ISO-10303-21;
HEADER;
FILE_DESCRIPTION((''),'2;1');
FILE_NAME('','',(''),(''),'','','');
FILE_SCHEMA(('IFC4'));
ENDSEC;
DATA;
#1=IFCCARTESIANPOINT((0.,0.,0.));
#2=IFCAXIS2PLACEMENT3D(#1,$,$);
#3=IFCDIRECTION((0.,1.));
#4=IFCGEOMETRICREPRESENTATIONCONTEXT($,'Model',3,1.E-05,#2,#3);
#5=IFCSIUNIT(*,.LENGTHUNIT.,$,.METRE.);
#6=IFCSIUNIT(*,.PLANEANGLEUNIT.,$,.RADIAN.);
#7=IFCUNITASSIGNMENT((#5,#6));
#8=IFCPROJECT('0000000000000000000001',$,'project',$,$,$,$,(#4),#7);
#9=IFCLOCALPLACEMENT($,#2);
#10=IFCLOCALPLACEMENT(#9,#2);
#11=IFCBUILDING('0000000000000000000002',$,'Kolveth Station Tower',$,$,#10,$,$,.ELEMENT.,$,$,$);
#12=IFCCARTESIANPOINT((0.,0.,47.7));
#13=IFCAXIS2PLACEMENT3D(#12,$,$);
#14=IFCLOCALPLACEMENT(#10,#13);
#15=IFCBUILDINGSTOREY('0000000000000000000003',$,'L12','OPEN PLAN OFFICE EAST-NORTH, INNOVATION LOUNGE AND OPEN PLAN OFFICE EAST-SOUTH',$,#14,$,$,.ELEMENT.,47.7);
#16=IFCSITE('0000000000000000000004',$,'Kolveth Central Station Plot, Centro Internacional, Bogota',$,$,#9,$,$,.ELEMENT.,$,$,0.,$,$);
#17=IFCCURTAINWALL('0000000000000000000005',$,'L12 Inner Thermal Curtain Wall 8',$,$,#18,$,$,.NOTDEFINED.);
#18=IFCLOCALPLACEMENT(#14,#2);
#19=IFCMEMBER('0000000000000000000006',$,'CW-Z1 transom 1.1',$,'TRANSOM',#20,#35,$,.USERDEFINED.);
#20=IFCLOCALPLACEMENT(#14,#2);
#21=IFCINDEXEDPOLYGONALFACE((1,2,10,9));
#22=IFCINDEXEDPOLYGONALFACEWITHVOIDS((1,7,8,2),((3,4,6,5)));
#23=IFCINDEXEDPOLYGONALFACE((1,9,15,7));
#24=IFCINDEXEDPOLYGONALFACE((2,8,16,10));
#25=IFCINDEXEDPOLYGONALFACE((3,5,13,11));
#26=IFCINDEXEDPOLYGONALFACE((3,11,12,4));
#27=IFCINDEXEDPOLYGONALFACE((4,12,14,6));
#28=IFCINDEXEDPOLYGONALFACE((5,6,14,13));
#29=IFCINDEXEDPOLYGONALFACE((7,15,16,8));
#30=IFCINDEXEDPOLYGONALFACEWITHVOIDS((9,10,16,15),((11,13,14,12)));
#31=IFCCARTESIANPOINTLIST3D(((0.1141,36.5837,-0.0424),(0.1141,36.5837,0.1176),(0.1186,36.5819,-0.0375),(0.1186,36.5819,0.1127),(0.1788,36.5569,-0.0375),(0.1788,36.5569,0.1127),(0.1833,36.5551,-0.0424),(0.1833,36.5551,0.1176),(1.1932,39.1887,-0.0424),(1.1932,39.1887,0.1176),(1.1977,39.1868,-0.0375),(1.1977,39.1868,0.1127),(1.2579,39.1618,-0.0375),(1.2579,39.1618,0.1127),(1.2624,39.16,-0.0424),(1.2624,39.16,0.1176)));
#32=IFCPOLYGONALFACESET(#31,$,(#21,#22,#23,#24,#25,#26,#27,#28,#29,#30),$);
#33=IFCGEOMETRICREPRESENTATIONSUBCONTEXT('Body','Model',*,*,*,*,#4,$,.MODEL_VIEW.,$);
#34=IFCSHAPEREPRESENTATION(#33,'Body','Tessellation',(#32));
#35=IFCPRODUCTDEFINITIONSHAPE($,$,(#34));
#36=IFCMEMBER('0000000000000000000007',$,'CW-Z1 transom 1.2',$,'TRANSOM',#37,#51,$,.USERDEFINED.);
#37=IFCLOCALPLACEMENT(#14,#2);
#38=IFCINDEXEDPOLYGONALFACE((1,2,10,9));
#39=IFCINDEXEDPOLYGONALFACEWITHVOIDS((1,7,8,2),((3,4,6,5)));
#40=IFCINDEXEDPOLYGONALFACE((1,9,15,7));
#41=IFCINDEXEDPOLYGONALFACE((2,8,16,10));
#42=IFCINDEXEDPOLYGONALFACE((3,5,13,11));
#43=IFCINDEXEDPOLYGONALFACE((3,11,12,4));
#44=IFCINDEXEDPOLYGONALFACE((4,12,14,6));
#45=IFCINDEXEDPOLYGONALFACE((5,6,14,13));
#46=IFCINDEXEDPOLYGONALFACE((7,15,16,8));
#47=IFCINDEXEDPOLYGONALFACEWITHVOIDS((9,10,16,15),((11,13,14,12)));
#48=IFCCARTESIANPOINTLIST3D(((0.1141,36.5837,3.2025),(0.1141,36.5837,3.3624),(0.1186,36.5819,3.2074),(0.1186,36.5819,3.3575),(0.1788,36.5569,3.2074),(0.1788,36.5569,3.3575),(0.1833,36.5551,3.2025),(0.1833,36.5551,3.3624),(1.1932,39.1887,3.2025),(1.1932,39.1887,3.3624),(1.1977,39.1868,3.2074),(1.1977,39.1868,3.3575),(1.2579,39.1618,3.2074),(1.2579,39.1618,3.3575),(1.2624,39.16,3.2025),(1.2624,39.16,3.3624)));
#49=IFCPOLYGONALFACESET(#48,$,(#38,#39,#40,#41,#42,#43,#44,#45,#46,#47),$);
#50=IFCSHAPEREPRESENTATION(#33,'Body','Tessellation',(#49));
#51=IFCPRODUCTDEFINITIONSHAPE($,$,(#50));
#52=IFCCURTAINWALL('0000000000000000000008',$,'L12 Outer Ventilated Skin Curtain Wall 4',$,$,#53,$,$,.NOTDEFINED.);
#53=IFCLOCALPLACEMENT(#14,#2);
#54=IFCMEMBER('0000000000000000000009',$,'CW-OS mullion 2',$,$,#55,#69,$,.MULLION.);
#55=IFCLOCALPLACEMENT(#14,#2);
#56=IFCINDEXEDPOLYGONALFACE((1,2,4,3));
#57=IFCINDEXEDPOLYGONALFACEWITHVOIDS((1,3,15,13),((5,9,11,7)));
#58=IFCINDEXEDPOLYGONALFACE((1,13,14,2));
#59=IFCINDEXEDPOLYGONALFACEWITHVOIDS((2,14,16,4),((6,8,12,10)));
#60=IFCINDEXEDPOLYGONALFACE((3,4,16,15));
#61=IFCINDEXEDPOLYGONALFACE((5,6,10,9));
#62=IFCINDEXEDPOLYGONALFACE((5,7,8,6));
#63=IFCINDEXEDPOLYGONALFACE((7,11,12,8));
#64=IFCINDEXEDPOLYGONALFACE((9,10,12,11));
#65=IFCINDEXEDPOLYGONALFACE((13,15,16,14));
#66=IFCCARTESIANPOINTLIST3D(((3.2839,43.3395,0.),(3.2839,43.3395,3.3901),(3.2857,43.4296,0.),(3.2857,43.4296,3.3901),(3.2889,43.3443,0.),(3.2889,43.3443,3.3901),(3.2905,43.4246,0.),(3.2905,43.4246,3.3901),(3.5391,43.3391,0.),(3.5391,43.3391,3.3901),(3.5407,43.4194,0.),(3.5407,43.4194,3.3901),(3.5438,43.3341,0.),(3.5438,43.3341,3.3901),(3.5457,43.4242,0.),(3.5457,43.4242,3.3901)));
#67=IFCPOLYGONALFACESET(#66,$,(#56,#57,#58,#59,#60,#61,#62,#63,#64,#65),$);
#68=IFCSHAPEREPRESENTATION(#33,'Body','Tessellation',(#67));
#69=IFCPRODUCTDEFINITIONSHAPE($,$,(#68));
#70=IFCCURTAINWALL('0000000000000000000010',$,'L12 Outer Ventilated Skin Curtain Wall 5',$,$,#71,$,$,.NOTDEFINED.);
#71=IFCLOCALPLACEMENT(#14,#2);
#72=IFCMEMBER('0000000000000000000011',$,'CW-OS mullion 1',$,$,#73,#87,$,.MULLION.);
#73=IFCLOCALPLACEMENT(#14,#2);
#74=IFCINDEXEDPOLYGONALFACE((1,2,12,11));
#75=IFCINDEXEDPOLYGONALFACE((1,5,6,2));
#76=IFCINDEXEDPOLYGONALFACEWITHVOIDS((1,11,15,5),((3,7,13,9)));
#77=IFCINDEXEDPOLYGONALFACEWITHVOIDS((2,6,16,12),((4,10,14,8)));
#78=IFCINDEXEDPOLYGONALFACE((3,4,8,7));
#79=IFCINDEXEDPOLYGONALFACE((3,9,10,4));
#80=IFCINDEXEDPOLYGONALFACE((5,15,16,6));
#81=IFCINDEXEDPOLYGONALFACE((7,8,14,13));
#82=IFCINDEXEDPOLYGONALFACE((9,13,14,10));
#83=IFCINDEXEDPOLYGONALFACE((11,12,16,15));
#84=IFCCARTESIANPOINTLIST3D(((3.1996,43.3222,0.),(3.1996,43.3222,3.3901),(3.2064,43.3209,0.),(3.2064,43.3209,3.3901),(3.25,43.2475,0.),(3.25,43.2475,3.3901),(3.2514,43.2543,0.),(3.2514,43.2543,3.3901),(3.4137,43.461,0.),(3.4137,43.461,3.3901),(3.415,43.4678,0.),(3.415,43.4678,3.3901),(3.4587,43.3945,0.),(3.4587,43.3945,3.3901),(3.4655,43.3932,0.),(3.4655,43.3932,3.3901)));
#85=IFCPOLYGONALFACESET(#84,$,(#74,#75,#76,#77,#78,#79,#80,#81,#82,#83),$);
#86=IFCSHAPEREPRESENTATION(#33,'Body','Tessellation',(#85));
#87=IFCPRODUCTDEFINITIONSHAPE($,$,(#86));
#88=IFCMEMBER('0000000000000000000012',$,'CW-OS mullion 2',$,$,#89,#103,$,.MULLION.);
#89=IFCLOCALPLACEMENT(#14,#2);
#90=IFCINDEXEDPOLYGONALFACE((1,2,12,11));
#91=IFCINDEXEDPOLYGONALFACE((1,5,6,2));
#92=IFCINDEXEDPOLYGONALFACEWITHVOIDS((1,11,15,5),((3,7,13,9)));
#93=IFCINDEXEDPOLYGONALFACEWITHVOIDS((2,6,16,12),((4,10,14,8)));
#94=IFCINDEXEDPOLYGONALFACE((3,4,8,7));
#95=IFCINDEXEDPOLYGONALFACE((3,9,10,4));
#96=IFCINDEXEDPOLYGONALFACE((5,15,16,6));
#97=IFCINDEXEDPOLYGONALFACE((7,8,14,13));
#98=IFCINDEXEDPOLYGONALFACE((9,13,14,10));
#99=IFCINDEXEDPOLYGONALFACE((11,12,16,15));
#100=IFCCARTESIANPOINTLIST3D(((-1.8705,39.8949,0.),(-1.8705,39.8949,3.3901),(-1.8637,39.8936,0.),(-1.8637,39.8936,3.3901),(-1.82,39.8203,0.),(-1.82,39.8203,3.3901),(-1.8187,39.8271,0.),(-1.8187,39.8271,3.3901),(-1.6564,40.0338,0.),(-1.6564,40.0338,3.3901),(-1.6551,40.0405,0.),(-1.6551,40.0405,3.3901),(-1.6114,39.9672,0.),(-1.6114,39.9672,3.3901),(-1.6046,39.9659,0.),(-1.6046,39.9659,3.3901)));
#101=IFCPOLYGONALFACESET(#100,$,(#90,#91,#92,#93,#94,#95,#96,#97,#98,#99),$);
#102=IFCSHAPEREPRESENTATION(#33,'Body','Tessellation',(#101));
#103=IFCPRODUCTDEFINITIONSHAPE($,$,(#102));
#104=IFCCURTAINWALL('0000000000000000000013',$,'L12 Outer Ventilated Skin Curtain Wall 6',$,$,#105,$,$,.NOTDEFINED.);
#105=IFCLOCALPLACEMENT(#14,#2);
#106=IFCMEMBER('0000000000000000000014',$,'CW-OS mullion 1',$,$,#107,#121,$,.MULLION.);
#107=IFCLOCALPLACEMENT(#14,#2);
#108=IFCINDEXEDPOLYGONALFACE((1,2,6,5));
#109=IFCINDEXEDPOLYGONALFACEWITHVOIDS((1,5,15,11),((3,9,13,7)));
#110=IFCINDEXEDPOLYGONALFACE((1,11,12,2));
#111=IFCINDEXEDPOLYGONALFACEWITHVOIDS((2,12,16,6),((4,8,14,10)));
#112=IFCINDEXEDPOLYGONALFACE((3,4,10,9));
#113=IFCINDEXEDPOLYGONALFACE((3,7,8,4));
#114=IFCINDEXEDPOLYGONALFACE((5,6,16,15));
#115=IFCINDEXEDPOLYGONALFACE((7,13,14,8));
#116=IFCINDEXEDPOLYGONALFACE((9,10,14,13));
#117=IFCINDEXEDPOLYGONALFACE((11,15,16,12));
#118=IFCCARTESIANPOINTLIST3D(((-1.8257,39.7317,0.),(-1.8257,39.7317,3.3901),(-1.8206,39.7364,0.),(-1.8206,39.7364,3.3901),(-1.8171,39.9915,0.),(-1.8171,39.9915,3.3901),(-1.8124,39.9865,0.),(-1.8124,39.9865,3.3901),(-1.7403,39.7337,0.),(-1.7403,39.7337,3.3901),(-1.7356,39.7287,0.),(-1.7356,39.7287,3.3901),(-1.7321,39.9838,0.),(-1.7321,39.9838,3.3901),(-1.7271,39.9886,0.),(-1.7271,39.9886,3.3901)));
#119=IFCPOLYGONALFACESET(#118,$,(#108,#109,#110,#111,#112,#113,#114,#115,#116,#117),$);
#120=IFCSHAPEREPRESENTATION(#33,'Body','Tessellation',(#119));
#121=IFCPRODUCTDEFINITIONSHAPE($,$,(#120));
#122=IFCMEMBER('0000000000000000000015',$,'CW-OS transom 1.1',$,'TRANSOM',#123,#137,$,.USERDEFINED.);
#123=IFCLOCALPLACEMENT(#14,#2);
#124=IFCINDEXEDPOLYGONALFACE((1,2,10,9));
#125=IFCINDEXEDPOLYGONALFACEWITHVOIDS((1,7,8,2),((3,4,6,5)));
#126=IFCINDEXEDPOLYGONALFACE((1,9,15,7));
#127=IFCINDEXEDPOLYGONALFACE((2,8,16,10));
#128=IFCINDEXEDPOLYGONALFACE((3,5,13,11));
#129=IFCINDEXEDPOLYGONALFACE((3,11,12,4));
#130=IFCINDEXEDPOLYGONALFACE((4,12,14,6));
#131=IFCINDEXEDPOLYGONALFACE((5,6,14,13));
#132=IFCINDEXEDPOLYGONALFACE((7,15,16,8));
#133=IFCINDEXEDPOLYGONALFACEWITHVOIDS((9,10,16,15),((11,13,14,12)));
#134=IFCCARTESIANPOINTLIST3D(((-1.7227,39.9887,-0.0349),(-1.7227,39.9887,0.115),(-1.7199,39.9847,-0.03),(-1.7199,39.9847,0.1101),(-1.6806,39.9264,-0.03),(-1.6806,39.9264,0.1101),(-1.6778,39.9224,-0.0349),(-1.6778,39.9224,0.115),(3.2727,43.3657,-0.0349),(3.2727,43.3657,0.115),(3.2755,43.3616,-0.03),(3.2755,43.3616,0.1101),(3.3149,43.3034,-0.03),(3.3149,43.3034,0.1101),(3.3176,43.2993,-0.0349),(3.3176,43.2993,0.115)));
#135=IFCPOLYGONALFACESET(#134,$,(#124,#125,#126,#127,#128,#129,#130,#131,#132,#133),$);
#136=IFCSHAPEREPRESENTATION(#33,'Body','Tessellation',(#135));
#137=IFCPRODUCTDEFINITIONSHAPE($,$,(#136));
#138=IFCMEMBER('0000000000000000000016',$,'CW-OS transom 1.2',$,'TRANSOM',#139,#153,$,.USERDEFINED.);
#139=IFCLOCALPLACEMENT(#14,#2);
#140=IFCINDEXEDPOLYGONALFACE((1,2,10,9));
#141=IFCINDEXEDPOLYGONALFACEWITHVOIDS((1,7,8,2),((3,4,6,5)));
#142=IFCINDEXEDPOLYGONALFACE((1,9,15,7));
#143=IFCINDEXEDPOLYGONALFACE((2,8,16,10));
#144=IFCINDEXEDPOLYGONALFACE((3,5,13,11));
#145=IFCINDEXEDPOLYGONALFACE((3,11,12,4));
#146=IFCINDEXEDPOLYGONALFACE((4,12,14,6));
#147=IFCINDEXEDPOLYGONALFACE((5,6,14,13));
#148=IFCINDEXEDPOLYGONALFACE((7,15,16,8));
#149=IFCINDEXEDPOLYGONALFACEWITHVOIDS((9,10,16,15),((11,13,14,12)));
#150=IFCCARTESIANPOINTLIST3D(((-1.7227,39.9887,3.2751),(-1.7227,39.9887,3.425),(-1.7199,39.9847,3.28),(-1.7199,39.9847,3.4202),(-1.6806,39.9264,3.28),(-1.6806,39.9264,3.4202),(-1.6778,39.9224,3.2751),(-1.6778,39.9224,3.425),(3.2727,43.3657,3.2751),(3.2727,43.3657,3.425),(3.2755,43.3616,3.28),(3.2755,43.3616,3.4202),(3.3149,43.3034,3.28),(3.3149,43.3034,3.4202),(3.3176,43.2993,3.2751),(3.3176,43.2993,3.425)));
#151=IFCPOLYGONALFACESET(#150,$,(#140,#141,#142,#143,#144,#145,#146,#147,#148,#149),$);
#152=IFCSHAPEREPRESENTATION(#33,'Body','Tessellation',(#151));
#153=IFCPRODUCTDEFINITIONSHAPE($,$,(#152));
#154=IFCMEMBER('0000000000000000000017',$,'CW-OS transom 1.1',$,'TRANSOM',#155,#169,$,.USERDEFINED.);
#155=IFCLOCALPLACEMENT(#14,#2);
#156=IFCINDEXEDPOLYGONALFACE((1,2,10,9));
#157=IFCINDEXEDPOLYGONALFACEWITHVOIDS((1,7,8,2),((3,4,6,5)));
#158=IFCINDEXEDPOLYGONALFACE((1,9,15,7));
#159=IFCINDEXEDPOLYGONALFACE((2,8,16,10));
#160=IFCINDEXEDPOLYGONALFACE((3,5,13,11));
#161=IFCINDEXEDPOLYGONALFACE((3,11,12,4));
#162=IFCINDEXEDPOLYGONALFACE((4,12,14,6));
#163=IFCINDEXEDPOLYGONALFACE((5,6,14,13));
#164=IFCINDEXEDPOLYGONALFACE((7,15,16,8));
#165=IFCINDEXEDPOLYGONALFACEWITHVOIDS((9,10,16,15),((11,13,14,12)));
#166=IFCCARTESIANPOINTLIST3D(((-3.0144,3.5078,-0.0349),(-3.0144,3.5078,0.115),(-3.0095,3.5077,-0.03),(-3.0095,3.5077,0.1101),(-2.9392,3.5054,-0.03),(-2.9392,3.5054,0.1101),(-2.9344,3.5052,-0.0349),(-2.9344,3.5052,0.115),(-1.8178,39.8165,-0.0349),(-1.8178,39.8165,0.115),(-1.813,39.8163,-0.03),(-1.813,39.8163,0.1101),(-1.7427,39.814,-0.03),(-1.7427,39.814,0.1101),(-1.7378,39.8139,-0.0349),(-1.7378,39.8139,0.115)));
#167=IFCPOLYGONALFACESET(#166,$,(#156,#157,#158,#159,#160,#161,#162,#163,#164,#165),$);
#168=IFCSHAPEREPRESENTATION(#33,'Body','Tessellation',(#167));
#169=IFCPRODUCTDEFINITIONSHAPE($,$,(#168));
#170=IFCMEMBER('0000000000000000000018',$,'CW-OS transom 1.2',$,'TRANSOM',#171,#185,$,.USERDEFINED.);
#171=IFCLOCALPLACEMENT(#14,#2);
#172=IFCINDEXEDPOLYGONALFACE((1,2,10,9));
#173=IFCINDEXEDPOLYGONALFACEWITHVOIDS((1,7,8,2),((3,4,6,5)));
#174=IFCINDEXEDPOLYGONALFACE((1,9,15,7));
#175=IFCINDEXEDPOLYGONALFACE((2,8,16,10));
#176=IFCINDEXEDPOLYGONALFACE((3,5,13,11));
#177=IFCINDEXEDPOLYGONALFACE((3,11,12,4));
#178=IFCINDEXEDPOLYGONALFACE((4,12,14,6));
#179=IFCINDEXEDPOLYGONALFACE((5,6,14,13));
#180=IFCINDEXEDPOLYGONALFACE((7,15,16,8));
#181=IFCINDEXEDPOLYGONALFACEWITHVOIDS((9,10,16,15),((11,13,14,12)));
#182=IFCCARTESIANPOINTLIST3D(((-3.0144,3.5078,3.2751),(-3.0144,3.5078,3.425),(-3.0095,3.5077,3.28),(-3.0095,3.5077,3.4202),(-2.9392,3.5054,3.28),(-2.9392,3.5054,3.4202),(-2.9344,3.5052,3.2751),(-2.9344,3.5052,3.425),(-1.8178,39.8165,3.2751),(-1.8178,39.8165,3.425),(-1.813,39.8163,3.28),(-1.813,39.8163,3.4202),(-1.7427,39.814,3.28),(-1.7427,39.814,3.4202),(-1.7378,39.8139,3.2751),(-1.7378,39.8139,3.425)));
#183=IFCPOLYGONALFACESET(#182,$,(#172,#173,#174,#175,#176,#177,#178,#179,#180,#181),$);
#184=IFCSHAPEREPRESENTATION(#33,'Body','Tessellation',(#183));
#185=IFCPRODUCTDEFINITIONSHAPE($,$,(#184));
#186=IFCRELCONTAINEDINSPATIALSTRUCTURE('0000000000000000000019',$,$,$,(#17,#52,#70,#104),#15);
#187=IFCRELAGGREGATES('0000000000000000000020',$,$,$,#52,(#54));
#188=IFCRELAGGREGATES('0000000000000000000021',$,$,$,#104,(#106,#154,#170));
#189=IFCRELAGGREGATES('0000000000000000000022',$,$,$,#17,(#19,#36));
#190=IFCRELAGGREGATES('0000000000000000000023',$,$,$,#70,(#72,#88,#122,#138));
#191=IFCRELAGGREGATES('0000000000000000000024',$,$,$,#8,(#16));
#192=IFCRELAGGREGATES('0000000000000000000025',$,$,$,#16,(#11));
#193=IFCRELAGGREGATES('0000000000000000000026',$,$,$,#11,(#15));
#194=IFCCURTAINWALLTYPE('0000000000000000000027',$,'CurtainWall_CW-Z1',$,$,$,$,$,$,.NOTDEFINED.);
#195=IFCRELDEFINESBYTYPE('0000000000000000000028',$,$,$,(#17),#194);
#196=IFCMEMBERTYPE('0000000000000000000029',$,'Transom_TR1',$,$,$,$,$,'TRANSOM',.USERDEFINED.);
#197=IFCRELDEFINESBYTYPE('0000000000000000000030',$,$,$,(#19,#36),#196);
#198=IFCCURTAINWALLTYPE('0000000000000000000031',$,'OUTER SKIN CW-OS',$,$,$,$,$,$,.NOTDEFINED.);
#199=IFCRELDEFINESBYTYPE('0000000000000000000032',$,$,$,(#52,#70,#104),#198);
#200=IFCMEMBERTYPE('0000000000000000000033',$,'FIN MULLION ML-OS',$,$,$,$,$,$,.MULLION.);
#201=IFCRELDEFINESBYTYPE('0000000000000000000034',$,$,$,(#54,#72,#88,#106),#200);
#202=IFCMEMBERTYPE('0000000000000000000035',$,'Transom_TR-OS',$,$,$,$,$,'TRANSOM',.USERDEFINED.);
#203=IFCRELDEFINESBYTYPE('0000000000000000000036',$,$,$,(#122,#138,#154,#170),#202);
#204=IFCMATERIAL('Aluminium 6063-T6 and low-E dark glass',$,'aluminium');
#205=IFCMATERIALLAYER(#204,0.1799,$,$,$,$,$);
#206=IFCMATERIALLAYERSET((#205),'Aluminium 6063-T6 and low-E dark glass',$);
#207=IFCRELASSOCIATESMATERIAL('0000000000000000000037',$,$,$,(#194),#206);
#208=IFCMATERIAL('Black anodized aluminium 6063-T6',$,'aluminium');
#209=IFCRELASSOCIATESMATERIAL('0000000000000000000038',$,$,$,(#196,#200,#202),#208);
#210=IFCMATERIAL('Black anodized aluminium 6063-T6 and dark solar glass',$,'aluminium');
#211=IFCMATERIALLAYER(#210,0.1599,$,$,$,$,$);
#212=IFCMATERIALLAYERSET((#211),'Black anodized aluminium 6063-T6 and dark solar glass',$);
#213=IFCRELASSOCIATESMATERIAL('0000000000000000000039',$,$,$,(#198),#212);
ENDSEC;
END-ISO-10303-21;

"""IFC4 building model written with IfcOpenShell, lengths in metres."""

from ifc_helpers import new_model, si_unit, direction, frame, origin, origin_2d, place, context, subcontext, project, spatial, hollow_rectangle, extrude, source, transform, mapped, material, layer, layer_set, material_profile, profile_set, type_object, element, aggregate, save


model = new_model("IFC4")

# Units and contexts
model_context = context("Model", 3, precision=1e-05, world=origin(), true_north=direction((0.0, 1.0)))
body_context = subcontext(model_context, "Body", "Model", "MODEL_VIEW")
ifc_project = project(units=[si_unit("LENGTHUNIT", "METRE"), si_unit("PLANEANGLEUNIT", "RADIAN")], contexts=[model_context])

# Site, building, storey
site_placement = place(None, origin())
site = spatial("IfcSite", under=ifc_project, at=site_placement, Name="Kolveth Central Station Plot, Centro Internacional, Bogota", CompositionType="ELEMENT", RefElevation=0.0)
building_placement = place(site_placement, origin())
building = spatial("IfcBuilding", under=site, at=building_placement, Name="Kolveth Station Tower", CompositionType="ELEMENT")
storey_placement = place(building_placement, frame((0.0, 0.0, 47.7)))
storey = spatial("IfcBuildingStorey", under=building, at=storey_placement, Name="L12", Description="OPEN PLAN OFFICE EAST-NORTH, INNOVATION LOUNGE AND OPEN PLAN OFFICE EAST-SOUTH", CompositionType="ELEMENT", Elevation=47.7)

# Shared definitions
ifc_material_1 = material(Name="Aluminium 6063-T6 and low-E dark glass", Category="aluminium")
ifc_layer_1 = layer(ifc_material_1, 0.1799)
ifc_layer_set_1 = layer_set([ifc_layer_1], Name="Aluminium 6063-T6 and low-E dark glass")
curtain_wall_type_1 = type_object("IfcCurtainWallType", Name="CurtainWall_CW-Z1", PredefinedType="NOTDEFINED", material=ifc_layer_set_1)
ifc_material_2 = material(Name="Black anodized aluminium 6063-T6", Category="aluminium")

# Curtain wall
curtain_wall_1_placement = place(storey_placement, origin())
curtain_wall_1 = element("IfcCurtainWall", 1, at=curtain_wall_1_placement, inside=storey, type_object=curtain_wall_type_1, Name="L12 Inner Thermal Curtain Wall 8", PredefinedType="NOTDEFINED")

# Members
ifc_material_profile_1 = material_profile(ifc_material_2, hollow_rectangle(XDim=0.075, YDim=0.1599, WallThickness=0.0049, at=origin_2d()), Name="ALU-75x160x5")
ifc_profile_set_1 = profile_set([ifc_material_profile_1], Name="Black anodized aluminium 6063-T6")
member_type_1 = type_object("IfcMemberType", Name="Transom_TR1", ElementType="TRANSOM", PredefinedType="USERDEFINED", material=ifc_profile_set_1)
shared_shape_1 = source(origin(), body_context, "Body", "SweptSolid", [
    extrude(hollow_rectangle(XDim=0.075, YDim=0.1599, WallThickness=0.0049, at=origin_2d()), origin(), (0.0, 0.0, 1.0), 2.8196),
])
member_1_placement = place(storey_placement, frame((1.2278, 39.1743, 0.0376), z_axis=(-0.382709, -0.923869, 0.0), x_axis=(0.923869, -0.382709, 0.0)))
member_1 = element("IfcMember", 2, at=member_1_placement, type_object=member_type_1, Name="CW-Z1 transom 1.1", ObjectType="TRANSOM", PredefinedType="USERDEFINED", context=body_context, shape_type="MappedRepresentation", body=[
    mapped(shared_shape_1, transform((0.0, 0.0, 0.0), x_axis=(1.0, 0.0, 0.0), y_axis=(0.0, 1.0, 0.0), z_axis=(0.0, 0.0, 1.0), scale=1.0)),
])
member_2_placement = place(storey_placement, frame((1.2278, 39.1743, 3.2825), z_axis=(-0.382709, -0.923869, 0.0), x_axis=(0.923869, -0.382709, 0.0)))
member_2 = element("IfcMember", 3, at=member_2_placement, type_object=member_type_1, Name="CW-Z1 transom 1.2", ObjectType="TRANSOM", PredefinedType="USERDEFINED", context=body_context, shape_type="MappedRepresentation", body=[
    mapped(shared_shape_1, transform((0.0, 0.0, 0.0), x_axis=(1.0, 0.0, 0.0), y_axis=(0.0, 1.0, 0.0), z_axis=(0.0, 0.0, 1.0), scale=1.0)),
])

# Curtain wall, member
ifc_material_3 = material(Name="Black anodized aluminium 6063-T6 and dark solar glass", Category="aluminium")
ifc_layer_2 = layer(ifc_material_3, 0.1599)
ifc_layer_set_2 = layer_set([ifc_layer_2], Name="Black anodized aluminium 6063-T6 and dark solar glass")
curtain_wall_type_2 = type_object("IfcCurtainWallType", Name="OUTER SKIN CW-OS", PredefinedType="NOTDEFINED", material=ifc_layer_set_2)
curtain_wall_2_placement = place(storey_placement, origin())
curtain_wall_2 = element("IfcCurtainWall", 4, at=curtain_wall_2_placement, inside=storey, type_object=curtain_wall_type_2, Name="L12 Outer Ventilated Skin Curtain Wall 4", PredefinedType="NOTDEFINED")
ifc_material_profile_2 = material_profile(ifc_material_2, hollow_rectangle(XDim=0.0901, YDim=0.26, WallThickness=0.0049, at=origin_2d()), Name="ALU-90x260x5")
ifc_profile_set_2 = profile_set([ifc_material_profile_2], Name="Black anodized aluminium 6063-T6")
member_type_2 = type_object("IfcMemberType", Name="FIN MULLION ML-OS", PredefinedType="MULLION", material=ifc_profile_set_2)
shared_shape_2 = source(origin(), body_context, "Body", "SweptSolid", [
    extrude(hollow_rectangle(XDim=0.0901, YDim=0.26, WallThickness=0.0049, at=origin_2d()), origin(), (0.0, 0.0, 1.0), 3.3901),
])
member_3_placement = place(storey_placement, frame((3.4148, 43.3818, 0.0), z_axis=(0.0, 0.0, 1.0), x_axis=(-0.020672, -0.999786, 0.0)))
member_3 = element("IfcMember", 5, at=member_3_placement, type_object=member_type_2, Name="CW-OS mullion 2", PredefinedType="MULLION", context=body_context, shape_type="MappedRepresentation", body=[
    mapped(shared_shape_2, transform((0.0, 0.0, 0.0), x_axis=(1.0, 0.0, 0.0), y_axis=(0.0, 1.0, 0.0), z_axis=(0.0, 0.0, 1.0), scale=1.0)),
])
aggregate(curtain_wall_2, [member_3])

# Curtain wall, members
curtain_wall_3_placement = place(storey_placement, origin())
curtain_wall_3 = element("IfcCurtainWall", 6, at=curtain_wall_3_placement, inside=storey, type_object=curtain_wall_type_2, Name="L12 Outer Ventilated Skin Curtain Wall 5", PredefinedType="NOTDEFINED")
member_4_placement = place(storey_placement, frame((3.3325, 43.3577, 0.0), z_axis=(0.0, 0.0, 1.0), x_axis=(0.560025, -0.828475, 0.0)))
member_4 = element("IfcMember", 7, at=member_4_placement, type_object=member_type_2, Name="CW-OS mullion 1", PredefinedType="MULLION", context=body_context, shape_type="MappedRepresentation", body=[
    mapped(shared_shape_2, transform((0.0, 0.0, 0.0), x_axis=(1.0, 0.0, 0.0), y_axis=(0.0, 1.0, 0.0), z_axis=(0.0, 0.0, 1.0), scale=1.0)),
])
member_5_placement = place(storey_placement, frame((-1.7375, 39.9304, 0.0), z_axis=(0.0, 0.0, 1.0), x_axis=(0.560025, -0.828475, 0.0)))
member_5 = element("IfcMember", 8, at=member_5_placement, type_object=member_type_2, Name="CW-OS mullion 2", PredefinedType="MULLION", context=body_context, shape_type="MappedRepresentation", body=[
    mapped(shared_shape_2, transform((0.0, 0.0, 0.0), x_axis=(1.0, 0.0, 0.0), y_axis=(0.0, 1.0, 0.0), z_axis=(0.0, 0.0, 1.0), scale=1.0)),
])

# Curtain wall, member
curtain_wall_4_placement = place(storey_placement, origin())
curtain_wall_4 = element("IfcCurtainWall", 9, at=curtain_wall_4_placement, inside=storey, type_object=curtain_wall_type_2, Name="L12 Outer Ventilated Skin Curtain Wall 6", PredefinedType="NOTDEFINED")
member_6_placement = place(storey_placement, frame((-1.7764, 39.8601, 0.0), z_axis=(0.0, 0.0, 1.0), x_axis=(0.999457, -0.03294, 0.0)))
member_6 = element("IfcMember", 10, at=member_6_placement, type_object=member_type_2, Name="CW-OS mullion 1", PredefinedType="MULLION", context=body_context, shape_type="MappedRepresentation", body=[
    mapped(shared_shape_2, transform((0.0, 0.0, 0.0), x_axis=(1.0, 0.0, 0.0), y_axis=(0.0, 1.0, 0.0), z_axis=(0.0, 0.0, 1.0), scale=1.0)),
])

# Members
ifc_material_profile_3 = material_profile(ifc_material_2, hollow_rectangle(XDim=0.0801, YDim=0.1499, WallThickness=0.0049, at=origin_2d()), Name="ALU-80x150x5")
ifc_profile_set_3 = profile_set([ifc_material_profile_3], Name="Black anodized aluminium 6063-T6")
member_type_3 = type_object("IfcMemberType", Name="Transom_TR-OS", ElementType="TRANSOM", PredefinedType="USERDEFINED", material=ifc_profile_set_3)
shared_shape_3 = source(origin(), body_context, "Body", "SweptSolid", [
    extrude(hollow_rectangle(XDim=0.0801, YDim=0.1499, WallThickness=0.0049, at=origin_2d()), origin(), (0.0, 0.0, 1.0), 6.0298),
])
member_7_placement = place(storey_placement, frame((3.2952, 43.3325, 0.04), z_axis=(-0.828457, -0.560052, 0.0), x_axis=(0.560052, -0.828457, 0.0)))
member_7 = element("IfcMember", 11, at=member_7_placement, type_object=member_type_3, Name="CW-OS transom 1.1", ObjectType="TRANSOM", PredefinedType="USERDEFINED", context=body_context, shape_type="MappedRepresentation", body=[
    mapped(shared_shape_3, transform((0.0, 0.0, 0.0), x_axis=(1.0, 0.0, 0.0), y_axis=(0.0, 1.0, 0.0), z_axis=(0.0, 0.0, 1.0), scale=1.0)),
])
member_8_placement = place(storey_placement, frame((3.2952, 43.3325, 3.3501), z_axis=(-0.828457, -0.560052, 0.0), x_axis=(0.560052, -0.828457, 0.0)))
member_8 = element("IfcMember", 12, at=member_8_placement, type_object=member_type_3, Name="CW-OS transom 1.2", ObjectType="TRANSOM", PredefinedType="USERDEFINED", context=body_context, shape_type="MappedRepresentation", body=[
    mapped(shared_shape_3, transform((0.0, 0.0, 0.0), x_axis=(1.0, 0.0, 0.0), y_axis=(0.0, 1.0, 0.0), z_axis=(0.0, 0.0, 1.0), scale=1.0)),
])
shared_shape_4 = source(origin(), body_context, "Body", "SweptSolid", [
    extrude(hollow_rectangle(XDim=0.0801, YDim=0.1499, WallThickness=0.0049, at=origin_2d()), origin(), (0.0, 0.0, 1.0), 36.3284),
])
member_9_placement = place(storey_placement, frame((-1.7778, 39.8152, 0.04), z_axis=(-0.032937, -0.999457, 0.0), x_axis=(0.999457, -0.032937, 0.0)))
member_9 = element("IfcMember", 13, at=member_9_placement, type_object=member_type_3, Name="CW-OS transom 1.1", ObjectType="TRANSOM", PredefinedType="USERDEFINED", context=body_context, shape_type="MappedRepresentation", body=[
    mapped(shared_shape_4, transform((0.0, 0.0, 0.0), x_axis=(1.0, 0.0, 0.0), y_axis=(0.0, 1.0, 0.0), z_axis=(0.0, 0.0, 1.0), scale=1.0)),
])
member_10_placement = place(storey_placement, frame((-1.7778, 39.8152, 3.3501), z_axis=(-0.032937, -0.999457, 0.0), x_axis=(0.999457, -0.032937, 0.0)))
member_10 = element("IfcMember", 14, at=member_10_placement, type_object=member_type_3, Name="CW-OS transom 1.2", ObjectType="TRANSOM", PredefinedType="USERDEFINED", context=body_context, shape_type="MappedRepresentation", body=[
    mapped(shared_shape_4, transform((0.0, 0.0, 0.0), x_axis=(1.0, 0.0, 0.0), y_axis=(0.0, 1.0, 0.0), z_axis=(0.0, 0.0, 1.0), scale=1.0)),
])
aggregate(curtain_wall_4, [member_6, member_9, member_10])

aggregate(curtain_wall_1, [member_1, member_2])
aggregate(curtain_wall_3, [member_4, member_5, member_7, member_8])

save(model, "model.ifc")
